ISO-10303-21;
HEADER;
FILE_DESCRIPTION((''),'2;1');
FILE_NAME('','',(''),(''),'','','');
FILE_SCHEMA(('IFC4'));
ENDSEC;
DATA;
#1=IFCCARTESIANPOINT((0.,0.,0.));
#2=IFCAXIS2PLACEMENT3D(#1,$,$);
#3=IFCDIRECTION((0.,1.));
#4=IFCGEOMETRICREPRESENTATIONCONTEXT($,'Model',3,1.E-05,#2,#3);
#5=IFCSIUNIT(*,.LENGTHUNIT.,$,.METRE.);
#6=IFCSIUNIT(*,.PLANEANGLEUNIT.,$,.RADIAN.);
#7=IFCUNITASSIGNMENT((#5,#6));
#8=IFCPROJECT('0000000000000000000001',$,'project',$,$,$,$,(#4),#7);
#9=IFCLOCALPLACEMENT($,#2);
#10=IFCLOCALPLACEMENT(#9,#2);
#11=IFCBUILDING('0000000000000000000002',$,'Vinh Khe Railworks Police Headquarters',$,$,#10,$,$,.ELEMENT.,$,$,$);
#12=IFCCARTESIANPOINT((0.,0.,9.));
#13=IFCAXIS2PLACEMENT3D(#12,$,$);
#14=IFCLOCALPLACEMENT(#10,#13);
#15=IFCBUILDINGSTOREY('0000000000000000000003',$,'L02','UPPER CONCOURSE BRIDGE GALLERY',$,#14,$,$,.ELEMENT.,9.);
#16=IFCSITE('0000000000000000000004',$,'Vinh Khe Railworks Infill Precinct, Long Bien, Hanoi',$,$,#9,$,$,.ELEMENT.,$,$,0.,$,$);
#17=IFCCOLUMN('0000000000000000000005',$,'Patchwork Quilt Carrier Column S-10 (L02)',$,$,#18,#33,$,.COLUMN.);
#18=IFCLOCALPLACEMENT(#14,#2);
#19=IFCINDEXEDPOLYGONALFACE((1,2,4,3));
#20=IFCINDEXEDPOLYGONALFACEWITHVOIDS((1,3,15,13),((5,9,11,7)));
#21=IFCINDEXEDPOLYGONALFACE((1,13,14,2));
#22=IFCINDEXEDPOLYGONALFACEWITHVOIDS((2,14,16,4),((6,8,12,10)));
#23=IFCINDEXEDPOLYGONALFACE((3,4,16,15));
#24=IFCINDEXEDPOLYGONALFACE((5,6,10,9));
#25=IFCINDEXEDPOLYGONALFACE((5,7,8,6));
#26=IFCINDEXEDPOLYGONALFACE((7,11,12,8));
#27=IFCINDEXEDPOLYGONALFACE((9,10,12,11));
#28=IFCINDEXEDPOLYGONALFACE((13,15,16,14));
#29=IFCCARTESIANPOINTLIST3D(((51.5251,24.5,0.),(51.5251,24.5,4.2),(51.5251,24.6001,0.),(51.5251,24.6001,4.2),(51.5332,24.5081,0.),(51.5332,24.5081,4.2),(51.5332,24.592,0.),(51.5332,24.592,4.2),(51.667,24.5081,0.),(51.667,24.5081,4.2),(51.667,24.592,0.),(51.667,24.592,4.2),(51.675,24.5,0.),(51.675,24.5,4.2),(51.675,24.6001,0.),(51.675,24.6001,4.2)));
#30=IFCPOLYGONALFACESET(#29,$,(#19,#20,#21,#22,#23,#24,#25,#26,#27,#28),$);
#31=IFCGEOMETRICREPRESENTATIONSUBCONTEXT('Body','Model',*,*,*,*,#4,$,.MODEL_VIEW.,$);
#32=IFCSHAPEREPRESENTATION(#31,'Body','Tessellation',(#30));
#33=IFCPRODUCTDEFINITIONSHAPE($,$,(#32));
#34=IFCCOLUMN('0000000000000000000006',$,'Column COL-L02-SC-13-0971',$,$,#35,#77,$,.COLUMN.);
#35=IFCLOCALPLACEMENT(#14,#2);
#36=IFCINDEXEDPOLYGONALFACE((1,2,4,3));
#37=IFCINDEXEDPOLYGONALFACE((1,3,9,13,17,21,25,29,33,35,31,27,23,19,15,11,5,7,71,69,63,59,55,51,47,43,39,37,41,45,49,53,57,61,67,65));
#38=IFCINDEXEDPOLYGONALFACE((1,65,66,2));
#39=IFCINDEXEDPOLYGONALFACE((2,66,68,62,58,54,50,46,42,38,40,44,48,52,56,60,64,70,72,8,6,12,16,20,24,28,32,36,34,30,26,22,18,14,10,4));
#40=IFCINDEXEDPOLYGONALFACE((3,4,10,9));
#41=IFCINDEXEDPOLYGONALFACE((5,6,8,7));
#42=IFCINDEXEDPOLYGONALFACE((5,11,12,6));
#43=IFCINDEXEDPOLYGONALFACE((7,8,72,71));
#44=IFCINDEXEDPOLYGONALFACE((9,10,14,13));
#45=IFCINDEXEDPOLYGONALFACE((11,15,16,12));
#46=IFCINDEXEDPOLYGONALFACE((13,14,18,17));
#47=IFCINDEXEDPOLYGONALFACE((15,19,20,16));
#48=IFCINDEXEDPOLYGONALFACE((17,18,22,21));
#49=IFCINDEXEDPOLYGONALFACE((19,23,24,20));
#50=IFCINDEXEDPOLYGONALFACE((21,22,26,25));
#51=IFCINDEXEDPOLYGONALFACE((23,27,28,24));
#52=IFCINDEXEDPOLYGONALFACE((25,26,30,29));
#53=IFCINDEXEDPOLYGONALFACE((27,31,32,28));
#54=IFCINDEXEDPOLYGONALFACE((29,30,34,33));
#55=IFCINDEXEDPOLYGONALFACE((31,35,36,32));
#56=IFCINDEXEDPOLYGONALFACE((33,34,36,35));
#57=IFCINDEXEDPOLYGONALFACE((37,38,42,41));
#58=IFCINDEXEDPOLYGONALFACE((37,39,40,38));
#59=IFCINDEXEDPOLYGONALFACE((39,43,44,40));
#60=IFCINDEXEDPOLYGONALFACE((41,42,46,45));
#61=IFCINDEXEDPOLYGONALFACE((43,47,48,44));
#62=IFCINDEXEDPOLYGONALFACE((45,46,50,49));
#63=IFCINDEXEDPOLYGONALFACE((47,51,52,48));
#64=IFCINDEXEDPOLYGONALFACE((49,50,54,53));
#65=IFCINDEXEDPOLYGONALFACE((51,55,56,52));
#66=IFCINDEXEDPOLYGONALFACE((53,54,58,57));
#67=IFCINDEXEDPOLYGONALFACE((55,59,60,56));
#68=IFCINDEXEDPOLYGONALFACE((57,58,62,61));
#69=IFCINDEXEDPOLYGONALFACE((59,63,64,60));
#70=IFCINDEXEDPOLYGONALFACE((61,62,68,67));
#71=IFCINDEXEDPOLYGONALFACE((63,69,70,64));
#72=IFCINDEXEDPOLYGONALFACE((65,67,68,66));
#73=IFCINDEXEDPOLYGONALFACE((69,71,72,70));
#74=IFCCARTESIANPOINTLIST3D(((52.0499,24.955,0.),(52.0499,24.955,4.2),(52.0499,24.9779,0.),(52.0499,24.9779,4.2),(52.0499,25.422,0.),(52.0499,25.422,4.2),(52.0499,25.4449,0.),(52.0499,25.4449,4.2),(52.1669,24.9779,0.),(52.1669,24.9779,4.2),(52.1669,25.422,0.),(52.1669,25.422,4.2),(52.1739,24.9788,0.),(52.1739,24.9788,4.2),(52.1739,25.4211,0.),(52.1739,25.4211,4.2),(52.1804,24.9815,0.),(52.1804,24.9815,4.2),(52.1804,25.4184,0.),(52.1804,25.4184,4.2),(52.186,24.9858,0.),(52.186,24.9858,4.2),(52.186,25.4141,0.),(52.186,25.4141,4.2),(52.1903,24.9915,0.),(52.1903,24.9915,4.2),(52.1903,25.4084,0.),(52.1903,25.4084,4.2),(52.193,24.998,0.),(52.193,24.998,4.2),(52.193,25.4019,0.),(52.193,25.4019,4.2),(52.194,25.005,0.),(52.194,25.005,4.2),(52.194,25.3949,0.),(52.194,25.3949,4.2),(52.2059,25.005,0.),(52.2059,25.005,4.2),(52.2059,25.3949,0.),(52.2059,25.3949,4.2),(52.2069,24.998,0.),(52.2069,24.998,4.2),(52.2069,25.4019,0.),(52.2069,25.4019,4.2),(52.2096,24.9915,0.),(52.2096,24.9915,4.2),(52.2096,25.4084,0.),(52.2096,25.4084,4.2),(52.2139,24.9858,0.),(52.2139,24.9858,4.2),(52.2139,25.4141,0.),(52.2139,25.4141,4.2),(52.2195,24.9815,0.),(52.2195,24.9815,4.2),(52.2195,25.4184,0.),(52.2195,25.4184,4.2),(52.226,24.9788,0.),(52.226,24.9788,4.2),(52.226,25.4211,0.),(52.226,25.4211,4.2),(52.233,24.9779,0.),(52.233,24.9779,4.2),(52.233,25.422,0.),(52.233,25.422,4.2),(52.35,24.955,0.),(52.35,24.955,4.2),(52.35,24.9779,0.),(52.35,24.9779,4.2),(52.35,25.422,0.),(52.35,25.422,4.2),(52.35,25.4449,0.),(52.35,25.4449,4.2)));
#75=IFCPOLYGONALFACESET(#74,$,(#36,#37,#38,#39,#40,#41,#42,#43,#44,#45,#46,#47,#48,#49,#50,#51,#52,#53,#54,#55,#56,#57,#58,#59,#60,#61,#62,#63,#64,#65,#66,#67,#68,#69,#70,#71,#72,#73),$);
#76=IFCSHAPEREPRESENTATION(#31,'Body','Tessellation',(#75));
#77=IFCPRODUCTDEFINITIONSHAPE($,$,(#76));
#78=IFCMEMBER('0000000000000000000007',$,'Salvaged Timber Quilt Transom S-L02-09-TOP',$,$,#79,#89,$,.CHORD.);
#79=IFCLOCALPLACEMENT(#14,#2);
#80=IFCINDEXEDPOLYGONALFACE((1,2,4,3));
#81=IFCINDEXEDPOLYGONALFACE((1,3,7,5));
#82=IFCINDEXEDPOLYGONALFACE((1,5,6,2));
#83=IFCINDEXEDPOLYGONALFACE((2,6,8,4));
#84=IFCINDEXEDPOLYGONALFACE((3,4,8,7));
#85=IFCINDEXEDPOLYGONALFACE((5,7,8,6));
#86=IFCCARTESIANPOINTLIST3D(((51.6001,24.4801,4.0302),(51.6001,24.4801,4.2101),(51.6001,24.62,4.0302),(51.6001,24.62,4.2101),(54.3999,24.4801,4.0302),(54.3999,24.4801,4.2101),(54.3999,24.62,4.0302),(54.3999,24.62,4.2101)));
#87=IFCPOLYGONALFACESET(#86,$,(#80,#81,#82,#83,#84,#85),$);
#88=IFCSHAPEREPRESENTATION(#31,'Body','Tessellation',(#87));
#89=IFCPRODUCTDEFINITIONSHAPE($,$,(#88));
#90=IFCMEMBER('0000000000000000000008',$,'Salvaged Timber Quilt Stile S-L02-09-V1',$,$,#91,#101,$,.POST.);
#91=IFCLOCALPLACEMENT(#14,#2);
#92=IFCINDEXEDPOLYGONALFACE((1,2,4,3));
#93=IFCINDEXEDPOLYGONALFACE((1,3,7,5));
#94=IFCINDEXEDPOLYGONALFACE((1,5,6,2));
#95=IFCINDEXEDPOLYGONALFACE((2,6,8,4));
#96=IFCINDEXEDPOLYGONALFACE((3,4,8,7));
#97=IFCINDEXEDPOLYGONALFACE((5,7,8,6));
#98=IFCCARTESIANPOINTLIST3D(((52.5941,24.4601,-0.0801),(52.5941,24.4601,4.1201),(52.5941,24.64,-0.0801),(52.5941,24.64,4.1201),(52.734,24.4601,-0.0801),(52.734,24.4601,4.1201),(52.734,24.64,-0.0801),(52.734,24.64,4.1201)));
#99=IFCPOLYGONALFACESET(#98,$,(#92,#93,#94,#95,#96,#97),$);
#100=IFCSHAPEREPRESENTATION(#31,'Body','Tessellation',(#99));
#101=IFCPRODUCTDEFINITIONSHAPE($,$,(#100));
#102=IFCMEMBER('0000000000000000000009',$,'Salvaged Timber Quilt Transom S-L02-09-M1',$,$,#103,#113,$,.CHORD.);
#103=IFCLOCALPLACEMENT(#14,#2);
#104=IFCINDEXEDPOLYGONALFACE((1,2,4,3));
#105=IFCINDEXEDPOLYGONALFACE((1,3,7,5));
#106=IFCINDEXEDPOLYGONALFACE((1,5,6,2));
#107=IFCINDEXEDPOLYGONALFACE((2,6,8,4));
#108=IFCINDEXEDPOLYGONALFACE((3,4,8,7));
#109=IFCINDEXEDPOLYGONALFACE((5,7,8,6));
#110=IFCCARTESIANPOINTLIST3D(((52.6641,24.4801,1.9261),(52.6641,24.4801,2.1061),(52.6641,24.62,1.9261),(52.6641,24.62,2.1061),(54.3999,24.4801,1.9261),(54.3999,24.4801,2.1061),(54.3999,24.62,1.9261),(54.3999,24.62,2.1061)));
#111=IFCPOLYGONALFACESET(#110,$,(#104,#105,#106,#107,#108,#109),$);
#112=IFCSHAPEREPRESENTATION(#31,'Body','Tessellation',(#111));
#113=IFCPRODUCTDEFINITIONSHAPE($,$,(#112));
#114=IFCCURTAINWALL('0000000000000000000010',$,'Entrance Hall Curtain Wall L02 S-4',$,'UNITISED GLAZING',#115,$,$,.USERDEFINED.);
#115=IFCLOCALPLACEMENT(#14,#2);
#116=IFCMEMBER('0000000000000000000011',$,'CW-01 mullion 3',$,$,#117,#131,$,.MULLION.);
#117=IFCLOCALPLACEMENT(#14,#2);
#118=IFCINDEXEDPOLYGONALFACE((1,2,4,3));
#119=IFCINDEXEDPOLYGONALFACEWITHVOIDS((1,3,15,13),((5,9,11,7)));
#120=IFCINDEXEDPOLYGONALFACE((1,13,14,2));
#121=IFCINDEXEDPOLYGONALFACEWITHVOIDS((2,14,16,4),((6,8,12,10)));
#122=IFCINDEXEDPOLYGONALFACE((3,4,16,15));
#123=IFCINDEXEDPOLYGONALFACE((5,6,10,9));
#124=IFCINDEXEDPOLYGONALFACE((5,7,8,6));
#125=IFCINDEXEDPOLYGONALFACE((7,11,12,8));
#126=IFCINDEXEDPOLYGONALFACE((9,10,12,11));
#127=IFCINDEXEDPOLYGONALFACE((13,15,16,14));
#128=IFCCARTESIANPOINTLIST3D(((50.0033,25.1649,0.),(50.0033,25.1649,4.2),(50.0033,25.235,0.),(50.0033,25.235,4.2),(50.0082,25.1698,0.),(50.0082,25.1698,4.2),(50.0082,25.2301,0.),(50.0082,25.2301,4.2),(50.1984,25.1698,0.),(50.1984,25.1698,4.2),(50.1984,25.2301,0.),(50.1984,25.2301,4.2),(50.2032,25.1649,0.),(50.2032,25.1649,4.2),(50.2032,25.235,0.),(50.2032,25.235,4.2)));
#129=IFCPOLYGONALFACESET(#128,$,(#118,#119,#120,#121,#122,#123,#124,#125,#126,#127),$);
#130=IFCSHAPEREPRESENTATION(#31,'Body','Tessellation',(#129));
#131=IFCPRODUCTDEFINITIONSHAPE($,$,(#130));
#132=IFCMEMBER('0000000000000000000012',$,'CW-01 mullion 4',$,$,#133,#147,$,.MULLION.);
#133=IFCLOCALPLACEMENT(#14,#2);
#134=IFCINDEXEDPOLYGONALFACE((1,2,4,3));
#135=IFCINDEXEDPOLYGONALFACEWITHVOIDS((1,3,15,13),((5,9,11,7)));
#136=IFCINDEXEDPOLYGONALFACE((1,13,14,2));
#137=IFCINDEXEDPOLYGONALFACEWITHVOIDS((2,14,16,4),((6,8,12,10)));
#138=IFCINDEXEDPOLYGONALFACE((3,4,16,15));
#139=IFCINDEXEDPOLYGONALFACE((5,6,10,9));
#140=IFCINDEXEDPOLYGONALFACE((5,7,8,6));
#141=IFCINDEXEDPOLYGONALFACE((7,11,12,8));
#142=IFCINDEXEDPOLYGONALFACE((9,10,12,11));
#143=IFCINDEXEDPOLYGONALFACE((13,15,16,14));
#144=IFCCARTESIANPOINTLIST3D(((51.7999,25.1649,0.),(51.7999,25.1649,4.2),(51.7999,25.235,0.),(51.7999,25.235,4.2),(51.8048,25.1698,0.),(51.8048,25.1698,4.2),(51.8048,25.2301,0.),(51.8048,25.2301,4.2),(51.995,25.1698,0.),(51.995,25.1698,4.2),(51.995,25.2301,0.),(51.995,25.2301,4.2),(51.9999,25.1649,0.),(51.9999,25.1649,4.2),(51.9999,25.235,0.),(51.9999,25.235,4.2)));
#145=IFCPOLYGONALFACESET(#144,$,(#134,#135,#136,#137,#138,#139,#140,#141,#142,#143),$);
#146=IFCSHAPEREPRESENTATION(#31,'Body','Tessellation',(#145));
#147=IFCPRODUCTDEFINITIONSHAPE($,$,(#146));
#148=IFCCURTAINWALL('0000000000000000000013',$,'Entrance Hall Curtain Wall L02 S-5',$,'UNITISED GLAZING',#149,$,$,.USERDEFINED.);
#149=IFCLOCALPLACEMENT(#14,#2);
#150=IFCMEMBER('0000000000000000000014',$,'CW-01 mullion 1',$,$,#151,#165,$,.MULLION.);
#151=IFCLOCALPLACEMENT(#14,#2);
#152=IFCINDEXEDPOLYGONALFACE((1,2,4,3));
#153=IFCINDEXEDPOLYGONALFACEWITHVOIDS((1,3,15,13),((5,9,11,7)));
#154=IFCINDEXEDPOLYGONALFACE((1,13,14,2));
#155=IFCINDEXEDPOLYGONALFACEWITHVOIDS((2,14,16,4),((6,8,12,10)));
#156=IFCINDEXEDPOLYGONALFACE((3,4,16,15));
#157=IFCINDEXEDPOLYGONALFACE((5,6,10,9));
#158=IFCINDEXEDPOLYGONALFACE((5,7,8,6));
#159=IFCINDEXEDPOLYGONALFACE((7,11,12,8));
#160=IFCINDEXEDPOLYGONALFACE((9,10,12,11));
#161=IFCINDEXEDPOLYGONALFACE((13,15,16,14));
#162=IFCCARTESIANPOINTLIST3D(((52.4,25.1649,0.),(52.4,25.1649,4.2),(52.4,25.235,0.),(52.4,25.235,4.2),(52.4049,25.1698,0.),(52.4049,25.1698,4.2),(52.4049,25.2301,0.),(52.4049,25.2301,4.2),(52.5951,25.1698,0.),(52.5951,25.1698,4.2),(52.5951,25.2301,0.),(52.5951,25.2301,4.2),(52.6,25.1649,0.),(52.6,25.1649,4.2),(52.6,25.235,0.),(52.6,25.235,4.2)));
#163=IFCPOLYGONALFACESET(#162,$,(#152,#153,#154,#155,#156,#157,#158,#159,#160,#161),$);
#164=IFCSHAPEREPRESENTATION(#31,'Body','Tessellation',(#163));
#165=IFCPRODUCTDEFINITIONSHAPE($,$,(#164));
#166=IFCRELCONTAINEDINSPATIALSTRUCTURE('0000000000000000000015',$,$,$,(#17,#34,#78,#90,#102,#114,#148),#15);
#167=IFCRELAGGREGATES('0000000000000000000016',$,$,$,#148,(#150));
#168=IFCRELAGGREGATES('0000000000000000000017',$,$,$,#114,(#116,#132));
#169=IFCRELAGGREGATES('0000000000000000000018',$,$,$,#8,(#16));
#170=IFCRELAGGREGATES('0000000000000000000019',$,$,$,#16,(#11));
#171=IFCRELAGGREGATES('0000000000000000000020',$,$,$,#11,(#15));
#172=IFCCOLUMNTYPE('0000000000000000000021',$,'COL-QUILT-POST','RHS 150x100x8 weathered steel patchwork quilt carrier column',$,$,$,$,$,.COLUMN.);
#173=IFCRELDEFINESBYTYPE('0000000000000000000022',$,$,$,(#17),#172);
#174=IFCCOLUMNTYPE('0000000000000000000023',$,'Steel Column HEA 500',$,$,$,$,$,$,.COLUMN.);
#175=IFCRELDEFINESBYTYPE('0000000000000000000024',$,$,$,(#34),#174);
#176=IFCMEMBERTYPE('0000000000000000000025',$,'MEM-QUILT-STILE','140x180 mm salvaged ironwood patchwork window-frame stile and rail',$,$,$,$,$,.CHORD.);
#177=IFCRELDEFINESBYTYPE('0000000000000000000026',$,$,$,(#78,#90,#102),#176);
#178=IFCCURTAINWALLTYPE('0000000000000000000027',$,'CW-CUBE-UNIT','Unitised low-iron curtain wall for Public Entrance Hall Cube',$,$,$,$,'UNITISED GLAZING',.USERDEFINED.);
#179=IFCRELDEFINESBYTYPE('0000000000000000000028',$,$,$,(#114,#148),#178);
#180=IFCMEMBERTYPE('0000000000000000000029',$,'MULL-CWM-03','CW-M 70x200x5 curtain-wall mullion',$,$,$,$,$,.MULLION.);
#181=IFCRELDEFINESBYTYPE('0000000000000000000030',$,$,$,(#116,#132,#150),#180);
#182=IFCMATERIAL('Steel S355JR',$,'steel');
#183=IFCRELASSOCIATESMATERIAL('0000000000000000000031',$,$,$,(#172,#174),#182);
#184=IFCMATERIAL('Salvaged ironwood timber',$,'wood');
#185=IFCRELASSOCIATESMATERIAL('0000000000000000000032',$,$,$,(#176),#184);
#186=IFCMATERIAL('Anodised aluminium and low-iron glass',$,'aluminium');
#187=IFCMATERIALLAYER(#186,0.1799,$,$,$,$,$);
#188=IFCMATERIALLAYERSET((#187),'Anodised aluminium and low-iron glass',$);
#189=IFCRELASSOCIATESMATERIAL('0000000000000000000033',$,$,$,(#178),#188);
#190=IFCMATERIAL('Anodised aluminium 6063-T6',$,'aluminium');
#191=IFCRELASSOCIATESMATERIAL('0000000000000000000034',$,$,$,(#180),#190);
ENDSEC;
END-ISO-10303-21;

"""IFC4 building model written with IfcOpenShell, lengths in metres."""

from ifc_helpers import new_model, si_unit, direction, frame, origin, origin_2d, place, context, subcontext, project, spatial, rectangle, hollow_rectangle, i_section, extrude, material, layer, layer_set, material_profile, profile_set, type_object, element, aggregate, save


model = new_model("IFC4")

# Units and contexts
model_context = context("Model", 3, precision=1e-05, world=origin(), true_north=direction((0.0, 1.0)))
body_context = subcontext(model_context, "Body", "Model", "MODEL_VIEW")
ifc_project = project(units=[si_unit("LENGTHUNIT", "METRE"), si_unit("PLANEANGLEUNIT", "RADIAN")], contexts=[model_context])

# Site, building, storey
site_placement = place(None, origin())
site = spatial("IfcSite", under=ifc_project, at=site_placement, Name="Vinh Khe Railworks Infill Precinct, Long Bien, Hanoi", CompositionType="ELEMENT", RefElevation=0.0)
building_placement = place(site_placement, origin())
building = spatial("IfcBuilding", under=site, at=building_placement, Name="Vinh Khe Railworks Police Headquarters", CompositionType="ELEMENT")
storey_placement = place(building_placement, frame((0.0, 0.0, 9.0)))
storey = spatial("IfcBuildingStorey", under=building, at=storey_placement, Name="L02", Description="UPPER CONCOURSE BRIDGE GALLERY", CompositionType="ELEMENT", Elevation=9.0)

# Columns
ifc_material_1 = material(Name="Steel S355JR", Category="steel")
ifc_material_profile_1 = material_profile(ifc_material_1, hollow_rectangle(XDim=0.1499, YDim=0.1001, WallThickness=0.0081, at=origin_2d()), Name="RHS 150x100x8")
ifc_profile_set_1 = profile_set([ifc_material_profile_1], Name="Steel S355JR")
column_type_1 = type_object("IfcColumnType", Name="COL-QUILT-POST", Description="RHS 150x100x8 weathered steel patchwork quilt carrier column", PredefinedType="COLUMN", material=ifc_profile_set_1)
column_1_placement = place(storey_placement, frame((51.6001, 24.55, 0.0), z_axis=(0.0, 0.0, 1.0), x_axis=(1.0, 0.0, 0.0)))
element("IfcColumn", 1, at=column_1_placement, inside=storey, type_object=column_type_1, Name="Patchwork Quilt Carrier Column S-10 (L02)", PredefinedType="COLUMN", context=body_context, shape_type="SweptSolid", body=[
    extrude(hollow_rectangle(XDim=0.1499, YDim=0.1001, WallThickness=0.0081, at=origin_2d()), origin(), (0.0, 0.0, 1.0), 4.2),
])
ifc_material_profile_2 = material_profile(ifc_material_1, i_section(OverallWidth=0.3, OverallDepth=0.49, WebThickness=0.012, FlangeThickness=0.0229, FilletRadius=0.0271, at=origin_2d()), Name="HEA 500")
ifc_profile_set_2 = profile_set([ifc_material_profile_2], Name="Steel S355JR")
column_type_2 = type_object("IfcColumnType", Name="Steel Column HEA 500", PredefinedType="COLUMN", material=ifc_profile_set_2)
column_2_placement = place(storey_placement, frame((52.2, 25.2, 0.0), z_axis=(0.0, 0.0, 1.0), x_axis=(1.0, 0.0, 0.0)))
element("IfcColumn", 2, at=column_2_placement, inside=storey, type_object=column_type_2, Name="Column COL-L02-SC-13-0971", PredefinedType="COLUMN", context=body_context, shape_type="SweptSolid", body=[
    extrude(i_section(OverallWidth=0.3, OverallDepth=0.49, WebThickness=0.012, FlangeThickness=0.0229, FilletRadius=0.0271, at=origin_2d()), origin(), (0.0, 0.0, 1.0), 4.2),
])

# Members
ifc_material_2 = material(Name="Salvaged ironwood timber", Category="wood")
ifc_material_profile_3 = material_profile(ifc_material_2, rectangle(XDim=0.1399, YDim=0.1799, at=origin_2d()), Name="TIMBER 140x180")
ifc_profile_set_3 = profile_set([ifc_material_profile_3], Name="Salvaged ironwood timber")
member_type_1 = type_object("IfcMemberType", Name="MEM-QUILT-STILE", Description="140x180 mm salvaged ironwood patchwork window-frame stile and rail", PredefinedType="CHORD", material=ifc_profile_set_3)
member_1_placement = place(storey_placement, frame((51.6001, 24.55, 4.1201), z_axis=(1.0, 0.0, 0.0), x_axis=(0.0, 1.0, 0.0)))
element("IfcMember", 3, at=member_1_placement, inside=storey, type_object=member_type_1, Name="Salvaged Timber Quilt Transom S-L02-09-TOP", PredefinedType="CHORD", context=body_context, shape_type="SweptSolid", body=[
    extrude(rectangle(XDim=0.1399, YDim=0.1799, at=origin_2d()), origin(), (0.0, 0.0, 1.0), 2.7998),
])
member_2_placement = place(storey_placement, frame((52.6641, 24.55, -0.0801), z_axis=(0.0, 0.0, 1.0), x_axis=(1.0, 0.0, 0.0)))
element("IfcMember", 4, at=member_2_placement, inside=storey, type_object=member_type_1, Name="Salvaged Timber Quilt Stile S-L02-09-V1", PredefinedType="POST", context=body_context, shape_type="SweptSolid", body=[
    extrude(rectangle(XDim=0.1399, YDim=0.1799, at=origin_2d()), origin(), (0.0, 0.0, 1.0), 4.2002),
])
member_3_placement = place(storey_placement, frame((52.6641, 24.55, 2.0161), z_axis=(1.0, 0.0, 0.0), x_axis=(0.0, 1.0, 0.0)))
element("IfcMember", 5, at=member_3_placement, inside=storey, type_object=member_type_1, Name="Salvaged Timber Quilt Transom S-L02-09-M1", PredefinedType="CHORD", context=body_context, shape_type="SweptSolid", body=[
    extrude(rectangle(XDim=0.1399, YDim=0.1799, at=origin_2d()), origin(), (0.0, 0.0, 1.0), 1.7358),
])

# Curtain wall, members
ifc_material_3 = material(Name="Anodised aluminium and low-iron glass", Category="aluminium")
ifc_layer_1 = layer(ifc_material_3, 0.1799)
ifc_layer_set_1 = layer_set([ifc_layer_1], Name="Anodised aluminium and low-iron glass")
curtain_wall_type = type_object("IfcCurtainWallType", Name="CW-CUBE-UNIT", Description="Unitised low-iron curtain wall for Public Entrance Hall Cube", ElementType="UNITISED GLAZING", PredefinedType="USERDEFINED", material=ifc_layer_set_1)
curtain_wall_1_placement = place(storey_placement, origin())
curtain_wall_1 = element("IfcCurtainWall", 6, at=curtain_wall_1_placement, inside=storey, type_object=curtain_wall_type, Name="Entrance Hall Curtain Wall L02 S-4", ObjectType="UNITISED GLAZING", PredefinedType="USERDEFINED")
ifc_material_4 = material(Name="Anodised aluminium 6063-T6", Category="aluminium")
ifc_material_profile_4 = material_profile(ifc_material_4, hollow_rectangle(XDim=0.0701, YDim=0.2, WallThickness=0.0049, at=origin_2d()), Name="CW-M 70x200x5")
ifc_profile_set_4 = profile_set([ifc_material_profile_4], Name="Anodised aluminium 6063-T6")
member_type_2 = type_object("IfcMemberType", Name="MULL-CWM-03", Description="CW-M 70x200x5 curtain-wall mullion", PredefinedType="MULLION", material=ifc_profile_set_4)
member_4_placement = place(storey_placement, frame((50.1033, 25.2, 0.0), z_axis=(0.0, 0.0, 1.0), x_axis=(0.0, 1.0, 0.0)))
member_4 = element("IfcMember", 7, at=member_4_placement, type_object=member_type_2, Name="CW-01 mullion 3", PredefinedType="MULLION", context=body_context, shape_type="SweptSolid", body=[
    extrude(hollow_rectangle(XDim=0.0701, YDim=0.2, WallThickness=0.0049, at=origin_2d()), origin(), (0.0, 0.0, 1.0), 4.2),
])
member_5_placement = place(storey_placement, frame((51.8999, 25.2, 0.0), z_axis=(0.0, 0.0, 1.0), x_axis=(0.0, 1.0, 0.0)))
member_5 = element("IfcMember", 8, at=member_5_placement, type_object=member_type_2, Name="CW-01 mullion 4", PredefinedType="MULLION", context=body_context, shape_type="SweptSolid", body=[
    extrude(hollow_rectangle(XDim=0.0701, YDim=0.2, WallThickness=0.0049, at=origin_2d()), origin(), (0.0, 0.0, 1.0), 4.2),
])

# Curtain wall, member
curtain_wall_2_placement = place(storey_placement, origin())
curtain_wall_2 = element("IfcCurtainWall", 9, at=curtain_wall_2_placement, inside=storey, type_object=curtain_wall_type, Name="Entrance Hall Curtain Wall L02 S-5", ObjectType="UNITISED GLAZING", PredefinedType="USERDEFINED")
member_6_placement = place(storey_placement, frame((52.5, 25.2, 0.0), z_axis=(0.0, 0.0, 1.0), x_axis=(0.0, 1.0, 0.0)))
member_6 = element("IfcMember", 10, at=member_6_placement, type_object=member_type_2, Name="CW-01 mullion 1", PredefinedType="MULLION", context=body_context, shape_type="SweptSolid", body=[
    extrude(hollow_rectangle(XDim=0.0701, YDim=0.2, WallThickness=0.0049, at=origin_2d()), origin(), (0.0, 0.0, 1.0), 4.2),
])

aggregate(curtain_wall_2, [member_6])

aggregate(curtain_wall_1, [member_4, member_5])

save(model, "model.ifc")
